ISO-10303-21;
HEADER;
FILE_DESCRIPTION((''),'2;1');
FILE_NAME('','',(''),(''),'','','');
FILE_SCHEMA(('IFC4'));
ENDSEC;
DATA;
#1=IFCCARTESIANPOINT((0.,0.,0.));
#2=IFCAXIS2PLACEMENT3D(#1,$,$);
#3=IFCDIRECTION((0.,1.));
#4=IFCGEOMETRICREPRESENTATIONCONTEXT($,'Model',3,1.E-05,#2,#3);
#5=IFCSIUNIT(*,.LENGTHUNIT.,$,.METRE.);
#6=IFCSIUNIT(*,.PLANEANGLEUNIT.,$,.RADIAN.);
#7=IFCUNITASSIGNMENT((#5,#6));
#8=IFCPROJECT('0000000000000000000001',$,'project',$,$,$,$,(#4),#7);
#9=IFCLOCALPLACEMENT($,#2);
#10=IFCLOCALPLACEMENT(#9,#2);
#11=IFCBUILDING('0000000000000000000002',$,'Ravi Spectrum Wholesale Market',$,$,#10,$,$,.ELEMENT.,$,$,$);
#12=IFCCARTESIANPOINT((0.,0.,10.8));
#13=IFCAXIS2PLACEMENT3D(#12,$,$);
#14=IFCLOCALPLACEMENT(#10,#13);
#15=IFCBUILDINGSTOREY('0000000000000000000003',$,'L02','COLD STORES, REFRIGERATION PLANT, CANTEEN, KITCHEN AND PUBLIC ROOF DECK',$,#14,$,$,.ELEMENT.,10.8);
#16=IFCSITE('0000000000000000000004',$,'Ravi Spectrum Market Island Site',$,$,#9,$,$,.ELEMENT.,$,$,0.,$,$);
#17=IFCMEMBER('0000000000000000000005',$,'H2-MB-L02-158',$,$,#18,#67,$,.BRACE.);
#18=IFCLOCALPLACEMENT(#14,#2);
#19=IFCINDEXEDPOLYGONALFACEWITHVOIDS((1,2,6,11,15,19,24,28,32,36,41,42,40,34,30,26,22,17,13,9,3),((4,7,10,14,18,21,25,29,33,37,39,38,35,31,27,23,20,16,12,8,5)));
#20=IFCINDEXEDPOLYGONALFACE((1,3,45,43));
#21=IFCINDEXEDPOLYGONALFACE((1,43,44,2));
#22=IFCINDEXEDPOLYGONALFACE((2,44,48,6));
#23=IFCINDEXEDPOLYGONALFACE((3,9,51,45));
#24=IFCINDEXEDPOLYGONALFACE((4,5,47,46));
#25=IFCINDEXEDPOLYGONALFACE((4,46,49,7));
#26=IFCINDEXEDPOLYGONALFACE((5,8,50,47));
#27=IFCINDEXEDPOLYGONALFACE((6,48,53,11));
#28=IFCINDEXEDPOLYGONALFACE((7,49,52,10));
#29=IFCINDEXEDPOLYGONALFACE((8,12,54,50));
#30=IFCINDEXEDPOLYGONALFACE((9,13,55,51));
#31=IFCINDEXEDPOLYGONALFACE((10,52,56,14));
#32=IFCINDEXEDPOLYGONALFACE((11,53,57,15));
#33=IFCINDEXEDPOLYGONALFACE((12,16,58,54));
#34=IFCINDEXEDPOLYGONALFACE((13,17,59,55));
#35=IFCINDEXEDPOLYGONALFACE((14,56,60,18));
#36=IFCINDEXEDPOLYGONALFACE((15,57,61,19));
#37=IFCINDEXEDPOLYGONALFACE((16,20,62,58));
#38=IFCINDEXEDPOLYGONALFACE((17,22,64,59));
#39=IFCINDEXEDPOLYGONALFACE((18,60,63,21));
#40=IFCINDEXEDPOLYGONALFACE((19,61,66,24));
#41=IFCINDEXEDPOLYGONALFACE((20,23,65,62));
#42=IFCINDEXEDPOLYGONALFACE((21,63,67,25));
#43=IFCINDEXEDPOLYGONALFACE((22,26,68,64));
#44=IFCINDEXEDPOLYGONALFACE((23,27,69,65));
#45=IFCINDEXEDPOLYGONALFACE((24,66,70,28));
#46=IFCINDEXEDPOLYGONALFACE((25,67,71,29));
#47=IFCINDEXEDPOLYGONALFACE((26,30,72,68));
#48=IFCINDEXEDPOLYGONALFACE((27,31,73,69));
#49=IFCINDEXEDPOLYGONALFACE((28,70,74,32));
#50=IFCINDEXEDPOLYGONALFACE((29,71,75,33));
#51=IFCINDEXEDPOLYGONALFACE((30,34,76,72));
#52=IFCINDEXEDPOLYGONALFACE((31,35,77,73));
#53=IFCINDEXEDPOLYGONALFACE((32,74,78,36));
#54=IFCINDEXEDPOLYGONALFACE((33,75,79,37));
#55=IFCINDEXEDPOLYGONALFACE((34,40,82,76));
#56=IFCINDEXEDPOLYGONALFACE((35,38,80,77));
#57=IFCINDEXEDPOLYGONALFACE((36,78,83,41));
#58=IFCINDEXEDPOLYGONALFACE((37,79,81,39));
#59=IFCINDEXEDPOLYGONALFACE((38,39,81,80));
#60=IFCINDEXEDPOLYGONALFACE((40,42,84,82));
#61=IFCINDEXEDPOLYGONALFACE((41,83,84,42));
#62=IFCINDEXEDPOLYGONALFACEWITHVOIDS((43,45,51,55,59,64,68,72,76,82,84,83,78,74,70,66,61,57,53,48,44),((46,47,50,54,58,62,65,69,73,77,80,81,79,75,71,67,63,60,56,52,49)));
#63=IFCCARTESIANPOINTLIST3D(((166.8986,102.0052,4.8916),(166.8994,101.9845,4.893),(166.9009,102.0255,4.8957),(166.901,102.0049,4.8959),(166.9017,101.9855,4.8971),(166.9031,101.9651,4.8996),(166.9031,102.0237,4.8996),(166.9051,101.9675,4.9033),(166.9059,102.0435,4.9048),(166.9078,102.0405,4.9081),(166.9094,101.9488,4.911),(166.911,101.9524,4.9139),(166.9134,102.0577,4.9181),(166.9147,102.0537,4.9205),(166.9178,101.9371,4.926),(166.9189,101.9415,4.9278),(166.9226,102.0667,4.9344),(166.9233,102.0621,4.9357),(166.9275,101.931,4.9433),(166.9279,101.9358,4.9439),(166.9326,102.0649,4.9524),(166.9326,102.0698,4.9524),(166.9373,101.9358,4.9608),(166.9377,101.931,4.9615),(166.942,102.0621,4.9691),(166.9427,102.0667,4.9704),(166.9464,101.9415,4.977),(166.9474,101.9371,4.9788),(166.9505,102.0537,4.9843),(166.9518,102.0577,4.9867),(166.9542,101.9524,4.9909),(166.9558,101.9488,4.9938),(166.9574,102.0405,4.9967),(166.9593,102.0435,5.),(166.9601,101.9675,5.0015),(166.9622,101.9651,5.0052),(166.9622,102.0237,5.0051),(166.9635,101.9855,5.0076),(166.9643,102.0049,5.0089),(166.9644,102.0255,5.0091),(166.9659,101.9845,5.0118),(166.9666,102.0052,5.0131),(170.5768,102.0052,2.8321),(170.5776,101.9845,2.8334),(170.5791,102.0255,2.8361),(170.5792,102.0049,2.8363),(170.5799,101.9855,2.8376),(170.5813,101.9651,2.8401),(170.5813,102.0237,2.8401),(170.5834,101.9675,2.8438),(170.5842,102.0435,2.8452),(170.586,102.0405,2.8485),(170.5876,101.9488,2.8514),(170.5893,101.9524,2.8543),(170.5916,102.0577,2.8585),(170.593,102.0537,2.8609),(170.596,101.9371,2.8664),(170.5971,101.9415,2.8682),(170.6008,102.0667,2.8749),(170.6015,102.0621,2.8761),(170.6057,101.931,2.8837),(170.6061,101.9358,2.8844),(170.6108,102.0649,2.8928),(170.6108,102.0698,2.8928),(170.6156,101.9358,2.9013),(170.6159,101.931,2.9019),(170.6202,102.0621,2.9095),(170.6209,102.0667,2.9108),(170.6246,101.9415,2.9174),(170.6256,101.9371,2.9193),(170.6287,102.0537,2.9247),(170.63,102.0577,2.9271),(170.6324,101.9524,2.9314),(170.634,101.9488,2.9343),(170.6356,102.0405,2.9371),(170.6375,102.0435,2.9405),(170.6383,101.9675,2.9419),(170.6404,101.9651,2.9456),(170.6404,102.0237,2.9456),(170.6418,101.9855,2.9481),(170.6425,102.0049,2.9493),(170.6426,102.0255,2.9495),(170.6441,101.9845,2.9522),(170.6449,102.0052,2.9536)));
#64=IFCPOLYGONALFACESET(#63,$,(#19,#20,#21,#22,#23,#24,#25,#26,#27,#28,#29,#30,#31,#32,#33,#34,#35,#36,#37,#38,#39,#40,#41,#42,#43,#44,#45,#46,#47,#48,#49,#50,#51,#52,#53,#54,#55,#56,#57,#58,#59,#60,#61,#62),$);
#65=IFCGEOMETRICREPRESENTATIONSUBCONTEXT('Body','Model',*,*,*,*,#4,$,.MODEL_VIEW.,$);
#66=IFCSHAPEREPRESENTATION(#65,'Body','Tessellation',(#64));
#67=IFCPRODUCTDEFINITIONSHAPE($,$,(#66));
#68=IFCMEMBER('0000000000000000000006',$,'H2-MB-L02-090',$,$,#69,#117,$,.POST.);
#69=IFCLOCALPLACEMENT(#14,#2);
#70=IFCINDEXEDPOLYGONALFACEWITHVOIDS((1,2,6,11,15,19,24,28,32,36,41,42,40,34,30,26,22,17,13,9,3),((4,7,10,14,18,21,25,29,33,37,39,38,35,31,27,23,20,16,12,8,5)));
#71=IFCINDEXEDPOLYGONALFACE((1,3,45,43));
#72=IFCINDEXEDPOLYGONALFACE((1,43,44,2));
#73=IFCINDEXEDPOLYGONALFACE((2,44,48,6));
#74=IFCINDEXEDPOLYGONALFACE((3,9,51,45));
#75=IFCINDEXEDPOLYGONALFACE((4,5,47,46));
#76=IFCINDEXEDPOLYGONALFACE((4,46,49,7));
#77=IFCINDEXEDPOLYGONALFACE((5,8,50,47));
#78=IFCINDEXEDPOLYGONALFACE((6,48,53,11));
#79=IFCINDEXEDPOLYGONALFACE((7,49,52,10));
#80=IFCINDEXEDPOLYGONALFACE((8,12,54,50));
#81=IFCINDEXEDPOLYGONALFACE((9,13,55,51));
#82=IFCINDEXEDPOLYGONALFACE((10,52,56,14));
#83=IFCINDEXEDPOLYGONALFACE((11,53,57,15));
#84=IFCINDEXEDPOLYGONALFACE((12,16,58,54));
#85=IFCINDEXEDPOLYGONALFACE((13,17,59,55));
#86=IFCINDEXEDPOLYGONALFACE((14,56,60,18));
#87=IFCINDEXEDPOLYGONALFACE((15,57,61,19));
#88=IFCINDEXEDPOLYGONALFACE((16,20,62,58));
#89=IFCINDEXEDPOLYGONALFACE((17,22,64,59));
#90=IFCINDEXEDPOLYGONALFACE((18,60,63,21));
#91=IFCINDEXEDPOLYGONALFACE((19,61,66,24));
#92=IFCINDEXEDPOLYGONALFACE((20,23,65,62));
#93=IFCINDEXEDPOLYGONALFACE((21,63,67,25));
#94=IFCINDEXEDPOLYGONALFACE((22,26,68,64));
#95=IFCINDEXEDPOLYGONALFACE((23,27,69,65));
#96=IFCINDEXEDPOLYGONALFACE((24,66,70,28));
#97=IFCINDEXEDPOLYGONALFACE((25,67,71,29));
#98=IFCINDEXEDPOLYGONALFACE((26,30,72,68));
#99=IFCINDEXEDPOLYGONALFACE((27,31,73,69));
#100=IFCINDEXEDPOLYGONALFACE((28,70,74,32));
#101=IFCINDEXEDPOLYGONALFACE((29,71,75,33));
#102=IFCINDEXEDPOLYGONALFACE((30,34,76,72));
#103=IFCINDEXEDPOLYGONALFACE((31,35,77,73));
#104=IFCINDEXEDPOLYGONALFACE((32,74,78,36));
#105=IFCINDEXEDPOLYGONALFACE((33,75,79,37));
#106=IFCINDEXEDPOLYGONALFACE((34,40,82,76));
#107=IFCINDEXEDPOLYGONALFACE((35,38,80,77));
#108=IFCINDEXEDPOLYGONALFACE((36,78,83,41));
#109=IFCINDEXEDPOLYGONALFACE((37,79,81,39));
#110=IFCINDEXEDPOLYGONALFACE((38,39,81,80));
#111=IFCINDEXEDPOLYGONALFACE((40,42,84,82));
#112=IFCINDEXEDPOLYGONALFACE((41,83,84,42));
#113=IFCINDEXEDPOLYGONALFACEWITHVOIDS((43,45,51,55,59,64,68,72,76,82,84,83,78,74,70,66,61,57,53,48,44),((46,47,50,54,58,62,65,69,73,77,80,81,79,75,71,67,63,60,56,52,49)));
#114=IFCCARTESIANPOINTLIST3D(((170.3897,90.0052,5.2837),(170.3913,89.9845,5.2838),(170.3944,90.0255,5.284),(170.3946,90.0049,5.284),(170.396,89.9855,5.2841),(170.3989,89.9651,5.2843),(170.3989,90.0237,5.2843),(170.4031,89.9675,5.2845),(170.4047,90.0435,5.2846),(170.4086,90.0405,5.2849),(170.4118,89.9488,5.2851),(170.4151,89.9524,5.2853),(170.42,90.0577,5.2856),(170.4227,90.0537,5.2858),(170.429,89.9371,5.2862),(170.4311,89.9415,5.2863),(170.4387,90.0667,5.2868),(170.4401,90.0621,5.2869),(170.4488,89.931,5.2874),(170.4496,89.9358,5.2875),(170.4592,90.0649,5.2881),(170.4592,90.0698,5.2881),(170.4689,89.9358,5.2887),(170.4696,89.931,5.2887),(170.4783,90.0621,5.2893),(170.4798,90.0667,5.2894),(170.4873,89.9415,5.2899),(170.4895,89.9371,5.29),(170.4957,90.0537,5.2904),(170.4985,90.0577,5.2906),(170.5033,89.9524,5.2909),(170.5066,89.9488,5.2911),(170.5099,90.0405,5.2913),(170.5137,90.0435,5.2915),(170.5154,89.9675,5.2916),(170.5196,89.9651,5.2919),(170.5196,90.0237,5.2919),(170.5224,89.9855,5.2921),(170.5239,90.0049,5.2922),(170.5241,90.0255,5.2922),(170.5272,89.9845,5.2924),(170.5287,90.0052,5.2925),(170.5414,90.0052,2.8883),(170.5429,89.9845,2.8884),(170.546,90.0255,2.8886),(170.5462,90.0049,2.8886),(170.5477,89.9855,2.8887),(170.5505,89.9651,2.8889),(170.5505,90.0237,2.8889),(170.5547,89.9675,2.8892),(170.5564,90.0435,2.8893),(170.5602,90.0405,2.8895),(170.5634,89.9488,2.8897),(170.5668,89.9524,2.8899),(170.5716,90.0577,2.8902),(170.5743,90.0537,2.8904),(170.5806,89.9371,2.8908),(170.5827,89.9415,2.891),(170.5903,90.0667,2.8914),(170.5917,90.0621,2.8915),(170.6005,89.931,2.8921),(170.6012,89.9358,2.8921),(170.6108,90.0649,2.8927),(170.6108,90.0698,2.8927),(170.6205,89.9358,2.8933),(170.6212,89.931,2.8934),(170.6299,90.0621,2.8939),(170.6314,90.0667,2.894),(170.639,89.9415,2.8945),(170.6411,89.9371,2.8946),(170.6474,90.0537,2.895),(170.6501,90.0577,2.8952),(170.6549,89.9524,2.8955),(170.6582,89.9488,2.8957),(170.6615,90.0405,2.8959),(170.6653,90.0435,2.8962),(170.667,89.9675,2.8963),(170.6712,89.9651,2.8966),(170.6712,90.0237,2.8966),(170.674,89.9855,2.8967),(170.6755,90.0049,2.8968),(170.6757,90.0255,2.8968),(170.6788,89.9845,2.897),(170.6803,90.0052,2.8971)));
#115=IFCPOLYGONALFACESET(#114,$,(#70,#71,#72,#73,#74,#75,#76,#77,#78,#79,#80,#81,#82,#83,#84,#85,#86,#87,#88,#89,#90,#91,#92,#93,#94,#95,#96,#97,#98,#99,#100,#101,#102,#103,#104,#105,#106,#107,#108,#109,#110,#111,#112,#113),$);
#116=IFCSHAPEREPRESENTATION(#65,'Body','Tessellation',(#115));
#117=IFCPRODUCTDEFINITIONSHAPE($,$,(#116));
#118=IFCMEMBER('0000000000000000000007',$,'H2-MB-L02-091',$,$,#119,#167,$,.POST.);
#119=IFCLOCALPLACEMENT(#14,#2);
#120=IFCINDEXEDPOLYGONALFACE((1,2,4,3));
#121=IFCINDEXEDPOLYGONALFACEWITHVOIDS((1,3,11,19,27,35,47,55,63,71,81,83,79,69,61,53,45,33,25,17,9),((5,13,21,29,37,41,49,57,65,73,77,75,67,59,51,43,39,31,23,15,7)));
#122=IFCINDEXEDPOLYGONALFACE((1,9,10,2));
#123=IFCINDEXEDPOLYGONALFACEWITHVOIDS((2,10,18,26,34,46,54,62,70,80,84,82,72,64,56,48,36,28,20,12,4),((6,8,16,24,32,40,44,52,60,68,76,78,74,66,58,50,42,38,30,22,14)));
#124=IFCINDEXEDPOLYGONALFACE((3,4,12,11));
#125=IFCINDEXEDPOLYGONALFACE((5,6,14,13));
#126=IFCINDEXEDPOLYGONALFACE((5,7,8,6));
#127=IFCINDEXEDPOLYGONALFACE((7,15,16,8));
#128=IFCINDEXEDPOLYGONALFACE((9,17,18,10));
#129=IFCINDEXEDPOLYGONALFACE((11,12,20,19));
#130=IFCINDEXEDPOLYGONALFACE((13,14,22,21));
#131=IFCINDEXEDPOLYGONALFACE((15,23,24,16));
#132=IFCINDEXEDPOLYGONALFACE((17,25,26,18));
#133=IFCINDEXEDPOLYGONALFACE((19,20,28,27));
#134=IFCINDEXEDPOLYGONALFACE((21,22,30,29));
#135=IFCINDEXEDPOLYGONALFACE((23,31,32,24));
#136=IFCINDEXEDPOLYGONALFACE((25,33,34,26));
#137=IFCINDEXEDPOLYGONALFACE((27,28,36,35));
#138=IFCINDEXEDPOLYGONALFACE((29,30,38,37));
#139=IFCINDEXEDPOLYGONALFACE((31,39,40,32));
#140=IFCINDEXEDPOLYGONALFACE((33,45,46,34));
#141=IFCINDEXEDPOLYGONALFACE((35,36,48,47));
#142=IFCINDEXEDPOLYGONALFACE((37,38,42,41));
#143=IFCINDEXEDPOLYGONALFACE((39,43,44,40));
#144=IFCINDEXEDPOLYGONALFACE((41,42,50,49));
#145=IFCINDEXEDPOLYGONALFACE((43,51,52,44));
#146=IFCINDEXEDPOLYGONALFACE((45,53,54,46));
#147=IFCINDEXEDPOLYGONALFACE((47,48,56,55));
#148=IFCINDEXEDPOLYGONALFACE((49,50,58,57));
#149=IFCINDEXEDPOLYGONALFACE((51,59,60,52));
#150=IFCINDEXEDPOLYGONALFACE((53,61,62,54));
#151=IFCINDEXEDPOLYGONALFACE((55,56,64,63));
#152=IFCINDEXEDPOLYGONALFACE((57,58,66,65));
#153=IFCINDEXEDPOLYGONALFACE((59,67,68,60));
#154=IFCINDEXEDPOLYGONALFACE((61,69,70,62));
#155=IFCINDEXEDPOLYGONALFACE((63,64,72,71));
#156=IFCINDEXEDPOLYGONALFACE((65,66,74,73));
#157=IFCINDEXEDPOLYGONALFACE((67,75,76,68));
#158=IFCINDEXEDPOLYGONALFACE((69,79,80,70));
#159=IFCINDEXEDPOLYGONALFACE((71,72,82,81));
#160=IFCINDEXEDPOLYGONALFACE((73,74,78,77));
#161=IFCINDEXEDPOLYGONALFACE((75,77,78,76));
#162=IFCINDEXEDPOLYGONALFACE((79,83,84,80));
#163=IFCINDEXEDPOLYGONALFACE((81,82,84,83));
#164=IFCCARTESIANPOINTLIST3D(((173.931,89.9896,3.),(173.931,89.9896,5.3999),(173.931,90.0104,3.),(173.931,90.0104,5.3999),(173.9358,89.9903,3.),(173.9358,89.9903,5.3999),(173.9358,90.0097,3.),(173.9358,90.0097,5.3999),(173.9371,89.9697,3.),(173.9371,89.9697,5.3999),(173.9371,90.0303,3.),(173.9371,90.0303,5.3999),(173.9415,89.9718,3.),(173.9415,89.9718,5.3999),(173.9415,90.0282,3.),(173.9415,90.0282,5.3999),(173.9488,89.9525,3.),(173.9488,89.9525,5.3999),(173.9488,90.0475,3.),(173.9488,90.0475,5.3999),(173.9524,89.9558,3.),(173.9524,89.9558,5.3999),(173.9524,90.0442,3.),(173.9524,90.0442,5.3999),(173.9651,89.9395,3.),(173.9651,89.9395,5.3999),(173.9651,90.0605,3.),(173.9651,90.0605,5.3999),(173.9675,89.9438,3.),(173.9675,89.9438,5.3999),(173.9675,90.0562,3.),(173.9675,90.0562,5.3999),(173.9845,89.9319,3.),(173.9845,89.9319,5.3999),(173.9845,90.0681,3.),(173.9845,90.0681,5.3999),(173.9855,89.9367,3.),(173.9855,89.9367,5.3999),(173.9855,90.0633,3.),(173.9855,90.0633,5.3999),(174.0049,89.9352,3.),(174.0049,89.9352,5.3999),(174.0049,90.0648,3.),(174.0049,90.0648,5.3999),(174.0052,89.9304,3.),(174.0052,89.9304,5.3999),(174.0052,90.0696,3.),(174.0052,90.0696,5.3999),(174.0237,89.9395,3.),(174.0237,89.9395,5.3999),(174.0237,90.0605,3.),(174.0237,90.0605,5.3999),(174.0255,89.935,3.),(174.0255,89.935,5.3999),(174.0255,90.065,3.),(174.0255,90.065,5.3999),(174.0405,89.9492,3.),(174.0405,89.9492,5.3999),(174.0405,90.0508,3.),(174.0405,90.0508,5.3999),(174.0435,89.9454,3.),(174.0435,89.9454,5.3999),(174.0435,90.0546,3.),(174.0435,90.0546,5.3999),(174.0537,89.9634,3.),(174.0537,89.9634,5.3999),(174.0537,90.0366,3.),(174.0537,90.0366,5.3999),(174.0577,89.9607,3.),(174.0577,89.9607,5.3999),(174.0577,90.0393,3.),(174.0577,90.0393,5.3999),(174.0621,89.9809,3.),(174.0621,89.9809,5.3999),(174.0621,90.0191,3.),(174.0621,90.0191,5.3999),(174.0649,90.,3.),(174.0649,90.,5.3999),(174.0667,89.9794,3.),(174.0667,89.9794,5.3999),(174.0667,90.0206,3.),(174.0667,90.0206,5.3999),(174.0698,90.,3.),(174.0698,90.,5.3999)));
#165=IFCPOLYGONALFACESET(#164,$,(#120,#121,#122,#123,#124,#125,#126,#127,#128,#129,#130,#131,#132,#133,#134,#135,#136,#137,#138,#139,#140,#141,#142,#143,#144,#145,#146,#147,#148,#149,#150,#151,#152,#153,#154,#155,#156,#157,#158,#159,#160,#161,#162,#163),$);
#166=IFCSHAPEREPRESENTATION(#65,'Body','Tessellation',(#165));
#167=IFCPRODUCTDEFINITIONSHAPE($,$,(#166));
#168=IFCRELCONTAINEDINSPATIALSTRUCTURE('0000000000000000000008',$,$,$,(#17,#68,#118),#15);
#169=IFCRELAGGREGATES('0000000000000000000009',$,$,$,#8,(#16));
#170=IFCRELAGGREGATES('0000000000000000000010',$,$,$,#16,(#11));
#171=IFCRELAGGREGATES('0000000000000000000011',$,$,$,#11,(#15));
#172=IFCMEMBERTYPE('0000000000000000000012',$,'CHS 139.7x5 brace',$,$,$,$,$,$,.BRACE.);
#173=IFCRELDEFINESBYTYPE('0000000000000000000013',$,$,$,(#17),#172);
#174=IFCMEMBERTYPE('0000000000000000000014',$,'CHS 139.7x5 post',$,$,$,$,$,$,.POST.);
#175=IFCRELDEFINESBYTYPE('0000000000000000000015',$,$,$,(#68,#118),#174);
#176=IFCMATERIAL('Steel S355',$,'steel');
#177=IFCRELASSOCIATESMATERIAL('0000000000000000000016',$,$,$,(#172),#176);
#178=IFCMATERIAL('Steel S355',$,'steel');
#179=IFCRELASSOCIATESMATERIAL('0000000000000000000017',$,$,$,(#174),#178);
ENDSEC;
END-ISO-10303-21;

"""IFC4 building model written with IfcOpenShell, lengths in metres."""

from ifc_helpers import new_model, si_unit, direction, frame, origin, origin_2d, place, context, subcontext, project, spatial, hollow_circle, extrude, material, material_profile, profile_set, type_object, element, save


model = new_model("IFC4")

# Units and contexts
model_context = context("Model", 3, precision=1e-05, world=origin(), true_north=direction((0.0, 1.0)))
body_context = subcontext(model_context, "Body", "Model", "MODEL_VIEW")
ifc_project = project(units=[si_unit("LENGTHUNIT", "METRE"), si_unit("PLANEANGLEUNIT", "RADIAN")], contexts=[model_context])

# Site, building, storey
site_placement = place(None, origin())
site = spatial("IfcSite", under=ifc_project, at=site_placement, Name="Ravi Spectrum Market Island Site", CompositionType="ELEMENT", RefElevation=0.0)
building_placement = place(site_placement, origin())
building = spatial("IfcBuilding", under=site, at=building_placement, Name="Ravi Spectrum Wholesale Market", CompositionType="ELEMENT")
storey_placement = place(building_placement, frame((0.0, 0.0, 10.8)))
storey = spatial("IfcBuildingStorey", under=building, at=storey_placement, Name="L02", Description="COLD STORES, REFRIGERATION PLANT, CANTEEN, KITCHEN AND PUBLIC ROOF DECK", CompositionType="ELEMENT", Elevation=10.8)

# Members
ifc_material_1 = material(Name="Steel S355", Category="steel")
ifc_material_profile_1 = material_profile(ifc_material_1, hollow_circle(Radius=0.0698, WallThickness=0.0049, at=origin_2d()))
ifc_profile_set_1 = profile_set([ifc_material_profile_1], Name="Steel S355")
member_type_1 = type_object("IfcMemberType", Name="CHS 139.7x5 brace", PredefinedType="BRACE", material=ifc_profile_set_1)
for number, where, z_axis, x_axis, name in (
    (1, (166.9326, 102.0, 4.9524), (0.87253, 0.0, -0.488561), (0.0, 1.0, 0.0), "H2-MB-L02-158"),
):
    element("IfcMember", number, at=place(storey_placement, frame(where, z_axis=z_axis, x_axis=x_axis)), inside=storey, type_object=member_type_1, Name=name, PredefinedType="BRACE", context=body_context, shape_type="SweptSolid", body=[
        extrude(hollow_circle(Radius=0.0698, WallThickness=0.0049, at=origin_2d()), origin(), (0.0, 0.0, 1.0), 4.2156),
    ])
ifc_material_2 = material(Name="Steel S355", Category="steel")
ifc_material_profile_2 = material_profile(ifc_material_2, hollow_circle(Radius=0.0698, WallThickness=0.0049, at=origin_2d()))
ifc_profile_set_2 = profile_set([ifc_material_profile_2], Name="Steel S355")
member_type_2 = type_object("IfcMemberType", Name="CHS 139.7x5 post", PredefinedType="POST", material=ifc_profile_set_2)
member_1_placement = place(storey_placement, frame((170.4592, 90.0, 5.2881), z_axis=(0.06317, 0.0, -0.998003), x_axis=(0.0, 1.0, 0.0)))
element("IfcMember", 2, at=member_1_placement, inside=storey, type_object=member_type_2, Name="H2-MB-L02-090", PredefinedType="POST", context=body_context, shape_type="SweptSolid", body=[
    extrude(hollow_circle(Radius=0.0698, WallThickness=0.0049, at=origin_2d()), origin(), (0.0, 0.0, 1.0), 2.4001),
])
member_2_placement = place(storey_placement, frame((174.0, 90.0, 5.3999), z_axis=(0.0, 0.0, -1.0), x_axis=(1.0, 0.0, 0.0)))
element("IfcMember", 3, at=member_2_placement, inside=storey, type_object=member_type_2, Name="H2-MB-L02-091", PredefinedType="POST", context=body_context, shape_type="SweptSolid", body=[
    extrude(hollow_circle(Radius=0.0698, WallThickness=0.0049, at=origin_2d()), origin(), (0.0, 0.0, 1.0), 2.3999),
])

save(model, "model.ifc")
